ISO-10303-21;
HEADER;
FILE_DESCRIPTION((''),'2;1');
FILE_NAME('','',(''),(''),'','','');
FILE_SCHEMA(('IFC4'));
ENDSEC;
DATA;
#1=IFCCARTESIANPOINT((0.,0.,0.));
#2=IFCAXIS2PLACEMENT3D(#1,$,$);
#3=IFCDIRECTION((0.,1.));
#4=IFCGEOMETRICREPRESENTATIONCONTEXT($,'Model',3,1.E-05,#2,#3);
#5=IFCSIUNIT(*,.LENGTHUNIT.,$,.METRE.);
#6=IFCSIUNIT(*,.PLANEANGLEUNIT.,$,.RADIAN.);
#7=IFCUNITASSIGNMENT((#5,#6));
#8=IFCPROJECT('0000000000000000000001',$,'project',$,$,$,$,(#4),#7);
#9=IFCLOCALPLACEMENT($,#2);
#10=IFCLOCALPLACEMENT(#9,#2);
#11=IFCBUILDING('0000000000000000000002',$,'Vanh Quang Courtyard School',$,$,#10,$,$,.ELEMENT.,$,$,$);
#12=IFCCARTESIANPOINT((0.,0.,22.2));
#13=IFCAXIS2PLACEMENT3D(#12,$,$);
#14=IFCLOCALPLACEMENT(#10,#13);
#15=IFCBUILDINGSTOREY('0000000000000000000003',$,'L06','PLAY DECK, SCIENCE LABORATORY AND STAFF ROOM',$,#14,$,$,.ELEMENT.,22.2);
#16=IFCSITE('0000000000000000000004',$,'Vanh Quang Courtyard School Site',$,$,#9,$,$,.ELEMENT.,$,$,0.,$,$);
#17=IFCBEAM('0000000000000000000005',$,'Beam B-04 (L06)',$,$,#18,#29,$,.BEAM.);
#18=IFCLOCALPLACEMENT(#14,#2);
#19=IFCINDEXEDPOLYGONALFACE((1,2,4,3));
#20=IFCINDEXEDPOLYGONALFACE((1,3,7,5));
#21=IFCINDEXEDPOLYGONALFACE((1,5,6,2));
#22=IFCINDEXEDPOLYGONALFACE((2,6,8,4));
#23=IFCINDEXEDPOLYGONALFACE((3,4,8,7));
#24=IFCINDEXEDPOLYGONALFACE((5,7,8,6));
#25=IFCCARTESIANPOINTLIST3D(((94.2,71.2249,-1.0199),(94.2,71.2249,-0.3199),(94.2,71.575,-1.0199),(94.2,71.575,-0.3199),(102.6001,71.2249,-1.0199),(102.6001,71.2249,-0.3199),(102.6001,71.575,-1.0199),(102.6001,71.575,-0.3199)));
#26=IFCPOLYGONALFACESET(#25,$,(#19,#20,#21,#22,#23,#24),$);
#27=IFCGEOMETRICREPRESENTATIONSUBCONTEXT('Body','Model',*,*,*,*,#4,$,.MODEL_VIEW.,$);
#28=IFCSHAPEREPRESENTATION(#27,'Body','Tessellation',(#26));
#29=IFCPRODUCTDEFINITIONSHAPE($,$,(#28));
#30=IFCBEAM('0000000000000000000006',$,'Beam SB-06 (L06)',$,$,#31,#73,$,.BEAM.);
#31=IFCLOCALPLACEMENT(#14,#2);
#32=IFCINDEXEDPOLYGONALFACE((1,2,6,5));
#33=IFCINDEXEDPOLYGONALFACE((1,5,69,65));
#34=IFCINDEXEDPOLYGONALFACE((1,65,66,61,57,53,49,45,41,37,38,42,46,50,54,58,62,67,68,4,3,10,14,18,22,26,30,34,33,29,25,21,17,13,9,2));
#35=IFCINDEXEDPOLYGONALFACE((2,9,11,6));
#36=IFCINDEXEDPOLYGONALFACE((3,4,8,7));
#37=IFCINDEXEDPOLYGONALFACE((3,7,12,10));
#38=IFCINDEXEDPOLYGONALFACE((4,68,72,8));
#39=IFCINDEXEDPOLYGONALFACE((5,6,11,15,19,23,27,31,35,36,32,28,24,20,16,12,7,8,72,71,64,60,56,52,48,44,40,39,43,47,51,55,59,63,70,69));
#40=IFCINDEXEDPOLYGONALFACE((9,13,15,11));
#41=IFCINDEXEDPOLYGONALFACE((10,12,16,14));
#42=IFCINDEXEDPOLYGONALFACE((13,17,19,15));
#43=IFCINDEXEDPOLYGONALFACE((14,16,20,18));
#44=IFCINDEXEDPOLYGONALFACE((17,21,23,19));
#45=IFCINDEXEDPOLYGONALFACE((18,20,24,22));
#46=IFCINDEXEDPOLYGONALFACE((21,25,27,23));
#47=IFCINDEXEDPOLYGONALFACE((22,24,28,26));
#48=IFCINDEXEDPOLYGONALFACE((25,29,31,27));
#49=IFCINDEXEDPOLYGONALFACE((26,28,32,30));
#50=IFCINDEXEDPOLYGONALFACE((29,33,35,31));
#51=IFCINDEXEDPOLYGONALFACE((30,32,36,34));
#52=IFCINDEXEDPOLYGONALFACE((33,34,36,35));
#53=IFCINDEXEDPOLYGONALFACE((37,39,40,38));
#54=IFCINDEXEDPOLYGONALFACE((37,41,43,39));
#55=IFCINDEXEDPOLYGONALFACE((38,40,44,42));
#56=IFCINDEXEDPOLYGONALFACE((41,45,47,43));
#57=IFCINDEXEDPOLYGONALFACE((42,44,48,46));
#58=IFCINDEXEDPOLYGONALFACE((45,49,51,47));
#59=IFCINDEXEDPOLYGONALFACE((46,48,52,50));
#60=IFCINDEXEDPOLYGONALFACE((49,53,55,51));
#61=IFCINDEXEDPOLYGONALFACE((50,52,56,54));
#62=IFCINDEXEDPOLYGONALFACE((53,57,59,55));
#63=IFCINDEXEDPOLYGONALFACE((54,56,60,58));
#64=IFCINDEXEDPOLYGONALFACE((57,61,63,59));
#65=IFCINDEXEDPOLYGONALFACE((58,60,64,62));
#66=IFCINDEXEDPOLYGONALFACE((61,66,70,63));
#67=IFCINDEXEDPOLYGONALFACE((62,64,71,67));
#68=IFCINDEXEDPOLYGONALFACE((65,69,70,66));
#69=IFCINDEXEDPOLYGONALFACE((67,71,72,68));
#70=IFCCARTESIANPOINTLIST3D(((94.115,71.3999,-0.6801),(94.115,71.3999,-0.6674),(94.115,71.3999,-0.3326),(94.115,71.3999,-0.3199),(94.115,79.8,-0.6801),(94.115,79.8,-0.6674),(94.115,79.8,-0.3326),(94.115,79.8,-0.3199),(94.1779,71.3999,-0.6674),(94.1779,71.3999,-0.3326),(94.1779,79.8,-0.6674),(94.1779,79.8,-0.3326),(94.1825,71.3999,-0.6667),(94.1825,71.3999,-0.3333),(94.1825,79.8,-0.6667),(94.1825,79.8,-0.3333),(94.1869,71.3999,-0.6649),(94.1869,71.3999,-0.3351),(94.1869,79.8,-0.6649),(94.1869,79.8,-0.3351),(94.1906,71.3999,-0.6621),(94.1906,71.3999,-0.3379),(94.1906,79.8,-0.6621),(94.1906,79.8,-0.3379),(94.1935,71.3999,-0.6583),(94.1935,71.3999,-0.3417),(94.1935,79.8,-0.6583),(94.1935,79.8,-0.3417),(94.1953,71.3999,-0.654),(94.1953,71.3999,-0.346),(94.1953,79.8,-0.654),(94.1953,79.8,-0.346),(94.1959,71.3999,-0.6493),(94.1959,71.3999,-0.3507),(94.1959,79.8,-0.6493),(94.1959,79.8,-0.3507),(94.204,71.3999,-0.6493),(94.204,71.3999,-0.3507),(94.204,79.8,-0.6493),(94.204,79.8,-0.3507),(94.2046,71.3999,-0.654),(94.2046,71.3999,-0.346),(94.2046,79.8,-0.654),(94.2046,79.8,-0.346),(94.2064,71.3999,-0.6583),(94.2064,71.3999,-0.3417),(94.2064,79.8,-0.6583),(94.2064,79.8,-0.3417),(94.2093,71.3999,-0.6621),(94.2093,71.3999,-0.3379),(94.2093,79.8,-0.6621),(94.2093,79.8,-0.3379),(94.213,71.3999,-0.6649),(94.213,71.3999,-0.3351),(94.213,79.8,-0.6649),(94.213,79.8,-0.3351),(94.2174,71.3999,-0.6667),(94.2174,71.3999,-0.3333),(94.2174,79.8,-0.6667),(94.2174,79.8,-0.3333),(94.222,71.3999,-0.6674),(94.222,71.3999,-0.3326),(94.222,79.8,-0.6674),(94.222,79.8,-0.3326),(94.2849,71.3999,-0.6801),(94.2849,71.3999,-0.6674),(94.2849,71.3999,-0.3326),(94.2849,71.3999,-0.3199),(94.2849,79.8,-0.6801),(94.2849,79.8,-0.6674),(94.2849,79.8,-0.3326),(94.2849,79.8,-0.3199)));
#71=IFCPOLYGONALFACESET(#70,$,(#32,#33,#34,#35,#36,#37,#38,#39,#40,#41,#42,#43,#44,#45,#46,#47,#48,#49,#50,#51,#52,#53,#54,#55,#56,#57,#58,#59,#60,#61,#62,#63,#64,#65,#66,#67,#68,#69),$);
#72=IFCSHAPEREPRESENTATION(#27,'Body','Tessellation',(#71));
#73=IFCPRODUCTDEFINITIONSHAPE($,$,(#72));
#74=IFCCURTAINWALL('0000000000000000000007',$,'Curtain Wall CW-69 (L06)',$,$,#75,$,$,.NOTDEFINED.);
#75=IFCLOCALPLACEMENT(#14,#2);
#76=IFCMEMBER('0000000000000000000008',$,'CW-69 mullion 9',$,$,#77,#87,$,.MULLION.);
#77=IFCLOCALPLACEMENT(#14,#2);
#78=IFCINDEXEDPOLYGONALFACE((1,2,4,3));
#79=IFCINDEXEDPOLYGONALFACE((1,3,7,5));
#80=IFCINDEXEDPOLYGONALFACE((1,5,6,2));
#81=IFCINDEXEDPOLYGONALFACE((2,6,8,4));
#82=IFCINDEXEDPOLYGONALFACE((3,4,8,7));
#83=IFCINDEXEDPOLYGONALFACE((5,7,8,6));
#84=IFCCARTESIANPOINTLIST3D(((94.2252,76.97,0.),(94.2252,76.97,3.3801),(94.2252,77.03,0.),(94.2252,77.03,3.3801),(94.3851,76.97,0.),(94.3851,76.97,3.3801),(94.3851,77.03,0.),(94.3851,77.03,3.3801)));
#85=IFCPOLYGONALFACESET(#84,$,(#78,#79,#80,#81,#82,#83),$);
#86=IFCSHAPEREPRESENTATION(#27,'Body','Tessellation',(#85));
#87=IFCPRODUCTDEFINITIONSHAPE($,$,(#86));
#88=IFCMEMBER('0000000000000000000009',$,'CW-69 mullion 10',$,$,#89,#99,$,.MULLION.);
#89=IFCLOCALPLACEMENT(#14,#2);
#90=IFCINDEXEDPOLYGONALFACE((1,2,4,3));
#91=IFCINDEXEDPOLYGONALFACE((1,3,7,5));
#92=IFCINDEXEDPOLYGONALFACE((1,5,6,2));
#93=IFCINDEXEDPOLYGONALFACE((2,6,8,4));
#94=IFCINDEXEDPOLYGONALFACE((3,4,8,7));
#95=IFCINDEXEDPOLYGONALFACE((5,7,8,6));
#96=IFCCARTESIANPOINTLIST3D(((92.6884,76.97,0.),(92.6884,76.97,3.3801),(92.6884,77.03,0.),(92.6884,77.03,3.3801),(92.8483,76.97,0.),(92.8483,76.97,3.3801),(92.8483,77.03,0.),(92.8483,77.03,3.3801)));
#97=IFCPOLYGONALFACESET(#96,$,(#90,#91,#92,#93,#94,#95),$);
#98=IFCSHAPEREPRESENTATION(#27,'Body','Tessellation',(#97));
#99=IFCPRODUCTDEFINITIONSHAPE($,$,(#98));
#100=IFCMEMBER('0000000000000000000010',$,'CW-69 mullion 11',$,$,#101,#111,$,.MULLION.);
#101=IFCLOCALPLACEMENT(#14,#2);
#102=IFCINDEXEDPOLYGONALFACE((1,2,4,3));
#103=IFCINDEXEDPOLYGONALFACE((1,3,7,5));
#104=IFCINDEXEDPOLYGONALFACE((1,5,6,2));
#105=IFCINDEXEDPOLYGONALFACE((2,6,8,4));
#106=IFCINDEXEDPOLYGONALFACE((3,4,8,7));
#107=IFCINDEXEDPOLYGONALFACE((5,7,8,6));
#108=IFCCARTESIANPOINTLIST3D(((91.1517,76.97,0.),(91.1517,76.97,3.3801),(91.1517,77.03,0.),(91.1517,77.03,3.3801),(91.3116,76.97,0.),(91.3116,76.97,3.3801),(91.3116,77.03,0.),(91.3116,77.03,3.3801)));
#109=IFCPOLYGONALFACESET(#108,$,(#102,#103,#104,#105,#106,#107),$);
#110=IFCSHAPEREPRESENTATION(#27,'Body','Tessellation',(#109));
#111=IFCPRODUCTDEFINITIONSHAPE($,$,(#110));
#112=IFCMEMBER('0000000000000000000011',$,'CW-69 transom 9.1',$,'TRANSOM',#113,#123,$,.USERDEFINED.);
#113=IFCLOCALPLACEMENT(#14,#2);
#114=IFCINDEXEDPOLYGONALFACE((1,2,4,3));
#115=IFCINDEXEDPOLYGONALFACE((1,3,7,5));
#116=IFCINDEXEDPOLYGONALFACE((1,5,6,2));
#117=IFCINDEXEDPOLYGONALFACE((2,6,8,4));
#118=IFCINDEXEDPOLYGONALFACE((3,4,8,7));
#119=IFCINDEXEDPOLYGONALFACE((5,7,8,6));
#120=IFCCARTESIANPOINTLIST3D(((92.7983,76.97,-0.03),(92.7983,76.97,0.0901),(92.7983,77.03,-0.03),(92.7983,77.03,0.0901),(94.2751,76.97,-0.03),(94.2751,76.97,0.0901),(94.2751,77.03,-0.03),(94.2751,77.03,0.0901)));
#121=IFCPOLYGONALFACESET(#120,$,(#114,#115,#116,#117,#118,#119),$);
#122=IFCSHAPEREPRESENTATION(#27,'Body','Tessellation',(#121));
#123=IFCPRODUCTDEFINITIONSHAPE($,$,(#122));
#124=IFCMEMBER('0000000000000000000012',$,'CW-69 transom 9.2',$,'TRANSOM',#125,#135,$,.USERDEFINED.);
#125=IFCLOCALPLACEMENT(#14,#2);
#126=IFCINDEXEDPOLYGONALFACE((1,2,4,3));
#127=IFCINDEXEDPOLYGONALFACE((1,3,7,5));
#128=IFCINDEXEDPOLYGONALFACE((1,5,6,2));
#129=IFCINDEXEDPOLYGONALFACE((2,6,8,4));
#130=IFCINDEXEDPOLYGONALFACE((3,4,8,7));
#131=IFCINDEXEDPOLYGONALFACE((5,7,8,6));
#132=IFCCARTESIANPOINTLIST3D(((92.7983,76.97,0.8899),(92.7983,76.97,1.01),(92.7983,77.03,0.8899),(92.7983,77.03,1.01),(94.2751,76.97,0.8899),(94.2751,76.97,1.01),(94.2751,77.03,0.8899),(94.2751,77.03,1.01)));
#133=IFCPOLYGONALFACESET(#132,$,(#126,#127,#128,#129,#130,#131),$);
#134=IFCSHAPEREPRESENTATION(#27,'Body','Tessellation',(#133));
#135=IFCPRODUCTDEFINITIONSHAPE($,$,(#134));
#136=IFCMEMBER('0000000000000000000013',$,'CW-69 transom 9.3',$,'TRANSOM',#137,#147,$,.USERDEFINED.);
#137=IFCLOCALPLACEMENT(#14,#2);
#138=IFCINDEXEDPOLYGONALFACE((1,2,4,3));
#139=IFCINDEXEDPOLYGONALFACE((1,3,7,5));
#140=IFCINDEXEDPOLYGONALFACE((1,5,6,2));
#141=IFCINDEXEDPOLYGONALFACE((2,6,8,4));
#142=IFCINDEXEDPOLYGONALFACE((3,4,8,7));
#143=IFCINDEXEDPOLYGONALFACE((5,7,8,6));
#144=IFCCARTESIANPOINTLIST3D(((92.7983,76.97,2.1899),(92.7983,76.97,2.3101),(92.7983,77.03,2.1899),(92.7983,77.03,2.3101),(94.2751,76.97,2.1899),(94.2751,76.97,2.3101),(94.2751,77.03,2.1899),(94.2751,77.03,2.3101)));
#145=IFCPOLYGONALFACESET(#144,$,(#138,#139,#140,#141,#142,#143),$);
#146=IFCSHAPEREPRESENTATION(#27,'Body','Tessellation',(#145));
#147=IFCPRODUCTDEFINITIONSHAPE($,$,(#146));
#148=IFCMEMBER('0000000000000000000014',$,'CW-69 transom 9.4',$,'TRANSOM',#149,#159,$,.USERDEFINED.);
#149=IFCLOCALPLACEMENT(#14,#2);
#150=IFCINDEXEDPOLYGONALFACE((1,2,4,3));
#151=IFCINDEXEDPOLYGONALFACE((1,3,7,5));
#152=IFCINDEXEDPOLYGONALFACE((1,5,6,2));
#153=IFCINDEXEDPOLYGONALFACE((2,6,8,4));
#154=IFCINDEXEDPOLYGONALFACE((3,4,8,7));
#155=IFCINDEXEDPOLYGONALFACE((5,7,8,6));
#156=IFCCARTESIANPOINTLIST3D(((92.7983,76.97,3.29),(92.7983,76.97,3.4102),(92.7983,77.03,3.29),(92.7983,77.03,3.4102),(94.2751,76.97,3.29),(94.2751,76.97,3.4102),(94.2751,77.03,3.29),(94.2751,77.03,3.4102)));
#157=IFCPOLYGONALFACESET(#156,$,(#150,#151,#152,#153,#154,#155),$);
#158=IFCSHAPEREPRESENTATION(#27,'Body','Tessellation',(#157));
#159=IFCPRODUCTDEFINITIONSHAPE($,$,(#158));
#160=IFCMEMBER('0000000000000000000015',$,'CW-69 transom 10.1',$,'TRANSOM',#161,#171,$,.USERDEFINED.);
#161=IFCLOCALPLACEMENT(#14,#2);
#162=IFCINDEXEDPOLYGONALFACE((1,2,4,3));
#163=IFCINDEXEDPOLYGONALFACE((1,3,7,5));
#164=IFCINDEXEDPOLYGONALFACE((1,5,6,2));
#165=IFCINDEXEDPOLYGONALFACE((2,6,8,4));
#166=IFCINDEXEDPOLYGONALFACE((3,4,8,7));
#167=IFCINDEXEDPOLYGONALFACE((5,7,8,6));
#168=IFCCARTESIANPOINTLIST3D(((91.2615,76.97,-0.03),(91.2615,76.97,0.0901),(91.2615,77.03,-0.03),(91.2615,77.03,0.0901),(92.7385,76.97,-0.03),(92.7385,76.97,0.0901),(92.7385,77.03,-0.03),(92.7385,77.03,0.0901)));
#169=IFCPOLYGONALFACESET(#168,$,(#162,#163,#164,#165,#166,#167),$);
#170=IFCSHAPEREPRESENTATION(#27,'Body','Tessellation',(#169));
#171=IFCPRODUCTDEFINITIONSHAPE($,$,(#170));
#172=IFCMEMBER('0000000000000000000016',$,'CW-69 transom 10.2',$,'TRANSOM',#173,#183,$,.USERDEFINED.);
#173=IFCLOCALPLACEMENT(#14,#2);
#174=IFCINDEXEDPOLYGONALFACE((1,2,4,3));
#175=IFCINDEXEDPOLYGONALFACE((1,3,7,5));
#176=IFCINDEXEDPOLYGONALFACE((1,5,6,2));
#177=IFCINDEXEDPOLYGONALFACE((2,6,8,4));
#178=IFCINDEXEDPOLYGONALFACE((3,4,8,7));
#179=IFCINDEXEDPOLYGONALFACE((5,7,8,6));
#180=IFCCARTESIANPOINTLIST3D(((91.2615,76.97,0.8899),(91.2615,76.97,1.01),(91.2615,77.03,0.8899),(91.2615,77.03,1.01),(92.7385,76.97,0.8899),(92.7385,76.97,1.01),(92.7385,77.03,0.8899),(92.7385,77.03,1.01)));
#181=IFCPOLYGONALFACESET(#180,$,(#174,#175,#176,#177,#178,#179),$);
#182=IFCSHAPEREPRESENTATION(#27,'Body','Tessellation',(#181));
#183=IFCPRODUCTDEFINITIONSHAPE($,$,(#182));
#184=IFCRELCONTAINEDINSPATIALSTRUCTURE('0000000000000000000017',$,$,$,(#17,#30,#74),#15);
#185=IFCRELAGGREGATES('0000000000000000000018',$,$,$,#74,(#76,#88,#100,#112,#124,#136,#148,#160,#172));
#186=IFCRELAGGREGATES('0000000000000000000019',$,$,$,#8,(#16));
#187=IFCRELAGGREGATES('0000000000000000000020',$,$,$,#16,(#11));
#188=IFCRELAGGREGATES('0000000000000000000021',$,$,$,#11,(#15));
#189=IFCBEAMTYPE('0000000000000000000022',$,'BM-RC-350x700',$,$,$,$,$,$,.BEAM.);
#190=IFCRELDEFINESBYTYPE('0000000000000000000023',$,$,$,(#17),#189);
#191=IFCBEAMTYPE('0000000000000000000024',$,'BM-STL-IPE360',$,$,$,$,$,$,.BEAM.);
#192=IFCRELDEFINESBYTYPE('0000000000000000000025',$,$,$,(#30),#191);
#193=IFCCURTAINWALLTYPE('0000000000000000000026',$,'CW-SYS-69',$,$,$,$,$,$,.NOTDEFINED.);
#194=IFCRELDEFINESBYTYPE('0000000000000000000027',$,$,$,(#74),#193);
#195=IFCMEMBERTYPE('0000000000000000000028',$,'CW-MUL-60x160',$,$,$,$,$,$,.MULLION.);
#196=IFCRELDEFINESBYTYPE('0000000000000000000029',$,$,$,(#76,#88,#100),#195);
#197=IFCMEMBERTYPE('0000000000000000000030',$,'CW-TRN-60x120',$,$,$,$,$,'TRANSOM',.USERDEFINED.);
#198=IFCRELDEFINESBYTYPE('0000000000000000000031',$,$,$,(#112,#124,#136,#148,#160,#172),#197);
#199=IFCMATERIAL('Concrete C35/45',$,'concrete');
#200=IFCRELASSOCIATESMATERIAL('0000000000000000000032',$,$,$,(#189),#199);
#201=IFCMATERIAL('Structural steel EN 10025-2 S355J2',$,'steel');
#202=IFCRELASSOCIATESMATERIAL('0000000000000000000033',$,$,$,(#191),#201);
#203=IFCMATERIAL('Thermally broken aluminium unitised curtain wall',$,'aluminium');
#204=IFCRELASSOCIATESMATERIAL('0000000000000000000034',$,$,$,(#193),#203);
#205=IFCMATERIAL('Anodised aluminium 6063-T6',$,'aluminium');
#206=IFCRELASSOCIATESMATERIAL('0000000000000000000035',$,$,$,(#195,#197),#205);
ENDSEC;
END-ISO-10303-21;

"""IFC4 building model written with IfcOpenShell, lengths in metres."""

from ifc_helpers import new_model, si_unit, direction, frame, origin, origin_2d, place, context, subcontext, project, spatial, rectangle, i_section, extrude, material, material_profile, profile_set, type_object, element, aggregate, save


model = new_model("IFC4")

# Units and contexts
model_context = context("Model", 3, precision=1e-05, world=origin(), true_north=direction((0.0, 1.0)))
body_context = subcontext(model_context, "Body", "Model", "MODEL_VIEW")
ifc_project = project(units=[si_unit("LENGTHUNIT", "METRE"), si_unit("PLANEANGLEUNIT", "RADIAN")], contexts=[model_context])

# Site, building, storey
site_placement = place(None, origin())
site = spatial("IfcSite", under=ifc_project, at=site_placement, Name="Vanh Quang Courtyard School Site", CompositionType="ELEMENT", RefElevation=0.0)
building_placement = place(site_placement, origin())
building = spatial("IfcBuilding", under=site, at=building_placement, Name="Vanh Quang Courtyard School", CompositionType="ELEMENT")
storey_placement = place(building_placement, frame((0.0, 0.0, 22.2)))
storey = spatial("IfcBuildingStorey", under=building, at=storey_placement, Name="L06", Description="PLAY DECK, SCIENCE LABORATORY AND STAFF ROOM", CompositionType="ELEMENT", Elevation=22.2)

# Beams
ifc_material_1 = material(Name="Concrete C35/45", Category="concrete")
ifc_material_profile_1 = material_profile(ifc_material_1, rectangle(XDim=0.3501, YDim=0.7, at=origin_2d()), Name="RC-BM 350x700")
ifc_profile_set_1 = profile_set([ifc_material_profile_1], Name="Concrete C35/45")
beam_type_1 = type_object("IfcBeamType", Name="BM-RC-350x700", PredefinedType="BEAM", material=ifc_profile_set_1)
beam_1_placement = place(storey_placement, frame((94.2, 71.3999, -0.6699), z_axis=(1.0, 0.0, 0.0), x_axis=(0.0, 1.0, 0.0)))
element("IfcBeam", 1, at=beam_1_placement, inside=storey, type_object=beam_type_1, Name="Beam B-04 (L06)", PredefinedType="BEAM", context=body_context, shape_type="SweptSolid", body=[
    extrude(rectangle(XDim=0.3501, YDim=0.7, at=origin_2d()), origin(), (0.0, 0.0, 1.0), 8.4001),
])
ifc_material_2 = material(Name="Structural steel EN 10025-2 S355J2", Category="steel")
ifc_material_profile_2 = material_profile(ifc_material_2, i_section(OverallWidth=0.1699, OverallDepth=0.3601, WebThickness=0.0081, FlangeThickness=0.0127, FilletRadius=0.0181, at=origin_2d()), Name="IPE 360")
ifc_profile_set_2 = profile_set([ifc_material_profile_2], Name="Structural steel EN 10025-2 S355J2")
beam_type_2 = type_object("IfcBeamType", Name="BM-STL-IPE360", PredefinedType="BEAM", material=ifc_profile_set_2)
beam_2_placement = place(storey_placement, frame((94.2, 71.3999, -0.5), z_axis=(0.0, 1.0, 0.0), x_axis=(-1.0, 0.0, 0.0)))
element("IfcBeam", 2, at=beam_2_placement, inside=storey, type_object=beam_type_2, Name="Beam SB-06 (L06)", PredefinedType="BEAM", context=body_context, shape_type="SweptSolid", body=[
    extrude(i_section(OverallWidth=0.1699, OverallDepth=0.3601, WebThickness=0.0081, FlangeThickness=0.0127, FilletRadius=0.0181, at=origin_2d()), origin(), (0.0, 0.0, 1.0), 8.4001),
])

# Curtain wall, members
ifc_material_3 = material(Name="Thermally broken aluminium unitised curtain wall", Category="aluminium")
curtain_wall_type = type_object("IfcCurtainWallType", Name="CW-SYS-69", PredefinedType="NOTDEFINED", material=ifc_material_3)
curtain_wall_placement = place(storey_placement, origin())
curtain_wall = element("IfcCurtainWall", 3, at=curtain_wall_placement, inside=storey, type_object=curtain_wall_type, Name="Curtain Wall CW-69 (L06)", PredefinedType="NOTDEFINED")
ifc_material_4 = material(Name="Anodised aluminium 6063-T6", Category="aluminium")
ifc_material_profile_3 = material_profile(ifc_material_4, rectangle(XDim=0.0601, YDim=0.1599, at=origin_2d()), Name="ALU-MUL 60x160")
ifc_profile_set_3 = profile_set([ifc_material_profile_3], Name="Anodised aluminium 6063-T6")
member_type_1 = type_object("IfcMemberType", Name="CW-MUL-60x160", PredefinedType="MULLION", material=ifc_profile_set_3)
member_1_placement = place(storey_placement, frame((94.3052, 77.0, 0.0), z_axis=(0.0, 0.0, 1.0), x_axis=(0.0, -1.0, 0.0)))
member_1 = element("IfcMember", 4, at=member_1_placement, type_object=member_type_1, Name="CW-69 mullion 9", PredefinedType="MULLION", context=body_context, shape_type="SweptSolid", body=[
    extrude(rectangle(XDim=0.0601, YDim=0.1599, at=origin_2d()), origin(), (0.0, 0.0, 1.0), 3.3801),
])
member_2_placement = place(storey_placement, frame((92.7683, 77.0, 0.0), z_axis=(0.0, 0.0, 1.0), x_axis=(0.0, -1.0, 0.0)))
member_2 = element("IfcMember", 5, at=member_2_placement, type_object=member_type_1, Name="CW-69 mullion 10", PredefinedType="MULLION", context=body_context, shape_type="SweptSolid", body=[
    extrude(rectangle(XDim=0.0601, YDim=0.1599, at=origin_2d()), origin(), (0.0, 0.0, 1.0), 3.3801),
])
member_3_placement = place(storey_placement, frame((91.2317, 77.0, 0.0), z_axis=(0.0, 0.0, 1.0), x_axis=(0.0, -1.0, 0.0)))
member_3 = element("IfcMember", 6, at=member_3_placement, type_object=member_type_1, Name="CW-69 mullion 11", PredefinedType="MULLION", context=body_context, shape_type="SweptSolid", body=[
    extrude(rectangle(XDim=0.0601, YDim=0.1599, at=origin_2d()), origin(), (0.0, 0.0, 1.0), 3.3801),
])
ifc_material_profile_4 = material_profile(ifc_material_4, rectangle(XDim=0.0601, YDim=0.1201, at=origin_2d()), Name="ALU-TRN 60x120")
ifc_profile_set_4 = profile_set([ifc_material_profile_4], Name="Anodised aluminium 6063-T6")
member_type_2 = type_object("IfcMemberType", Name="CW-TRN-60x120", ElementType="TRANSOM", PredefinedType="USERDEFINED", material=ifc_profile_set_4)
member_4_placement = place(storey_placement, frame((94.2751, 77.0, 0.03), z_axis=(-1.0, 0.0, 0.0), x_axis=(0.0, -1.0, 0.0)))
member_4 = element("IfcMember", 7, at=member_4_placement, type_object=member_type_2, Name="CW-69 transom 9.1", ObjectType="TRANSOM", PredefinedType="USERDEFINED", context=body_context, shape_type="SweptSolid", body=[
    extrude(rectangle(XDim=0.0601, YDim=0.1201, at=origin_2d()), origin(), (0.0, 0.0, 1.0), 1.4768),
])
member_5_placement = place(storey_placement, frame((94.2751, 77.0, 0.95), z_axis=(-1.0, 0.0, 0.0), x_axis=(0.0, -1.0, 0.0)))
member_5 = element("IfcMember", 8, at=member_5_placement, type_object=member_type_2, Name="CW-69 transom 9.2", ObjectType="TRANSOM", PredefinedType="USERDEFINED", context=body_context, shape_type="SweptSolid", body=[
    extrude(rectangle(XDim=0.0601, YDim=0.1201, at=origin_2d()), origin(), (0.0, 0.0, 1.0), 1.4768),
])
member_6_placement = place(storey_placement, frame((94.2751, 77.0, 2.25), z_axis=(-1.0, 0.0, 0.0), x_axis=(0.0, -1.0, 0.0)))
member_6 = element("IfcMember", 9, at=member_6_placement, type_object=member_type_2, Name="CW-69 transom 9.3", ObjectType="TRANSOM", PredefinedType="USERDEFINED", context=body_context, shape_type="SweptSolid", body=[
    extrude(rectangle(XDim=0.0601, YDim=0.1201, at=origin_2d()), origin(), (0.0, 0.0, 1.0), 1.4768),
])
member_7_placement = place(storey_placement, frame((94.2751, 77.0, 3.3501), z_axis=(-1.0, 0.0, 0.0), x_axis=(0.0, -1.0, 0.0)))
member_7 = element("IfcMember", 10, at=member_7_placement, type_object=member_type_2, Name="CW-69 transom 9.4", ObjectType="TRANSOM", PredefinedType="USERDEFINED", context=body_context, shape_type="SweptSolid", body=[
    extrude(rectangle(XDim=0.0601, YDim=0.1201, at=origin_2d()), origin(), (0.0, 0.0, 1.0), 1.4768),
])
member_8_placement = place(storey_placement, frame((92.7385, 77.0, 0.03), z_axis=(-1.0, 0.0, 0.0), x_axis=(0.0, -1.0, 0.0)))
member_8 = element("IfcMember", 11, at=member_8_placement, type_object=member_type_2, Name="CW-69 transom 10.1", ObjectType="TRANSOM", PredefinedType="USERDEFINED", context=body_context, shape_type="SweptSolid", body=[
    extrude(rectangle(XDim=0.0601, YDim=0.1201, at=origin_2d()), origin(), (0.0, 0.0, 1.0), 1.4771),
])
member_9_placement = place(storey_placement, frame((92.7385, 77.0, 0.95), z_axis=(-1.0, 0.0, 0.0), x_axis=(0.0, -1.0, 0.0)))
member_9 = element("IfcMember", 12, at=member_9_placement, type_object=member_type_2, Name="CW-69 transom 10.2", ObjectType="TRANSOM", PredefinedType="USERDEFINED", context=body_context, shape_type="SweptSolid", body=[
    extrude(rectangle(XDim=0.0601, YDim=0.1201, at=origin_2d()), origin(), (0.0, 0.0, 1.0), 1.4771),
])

aggregate(curtain_wall, [member_1, member_2, member_3, member_4, member_5, member_6, member_7, member_8, member_9])

save(model, "model.ifc")
